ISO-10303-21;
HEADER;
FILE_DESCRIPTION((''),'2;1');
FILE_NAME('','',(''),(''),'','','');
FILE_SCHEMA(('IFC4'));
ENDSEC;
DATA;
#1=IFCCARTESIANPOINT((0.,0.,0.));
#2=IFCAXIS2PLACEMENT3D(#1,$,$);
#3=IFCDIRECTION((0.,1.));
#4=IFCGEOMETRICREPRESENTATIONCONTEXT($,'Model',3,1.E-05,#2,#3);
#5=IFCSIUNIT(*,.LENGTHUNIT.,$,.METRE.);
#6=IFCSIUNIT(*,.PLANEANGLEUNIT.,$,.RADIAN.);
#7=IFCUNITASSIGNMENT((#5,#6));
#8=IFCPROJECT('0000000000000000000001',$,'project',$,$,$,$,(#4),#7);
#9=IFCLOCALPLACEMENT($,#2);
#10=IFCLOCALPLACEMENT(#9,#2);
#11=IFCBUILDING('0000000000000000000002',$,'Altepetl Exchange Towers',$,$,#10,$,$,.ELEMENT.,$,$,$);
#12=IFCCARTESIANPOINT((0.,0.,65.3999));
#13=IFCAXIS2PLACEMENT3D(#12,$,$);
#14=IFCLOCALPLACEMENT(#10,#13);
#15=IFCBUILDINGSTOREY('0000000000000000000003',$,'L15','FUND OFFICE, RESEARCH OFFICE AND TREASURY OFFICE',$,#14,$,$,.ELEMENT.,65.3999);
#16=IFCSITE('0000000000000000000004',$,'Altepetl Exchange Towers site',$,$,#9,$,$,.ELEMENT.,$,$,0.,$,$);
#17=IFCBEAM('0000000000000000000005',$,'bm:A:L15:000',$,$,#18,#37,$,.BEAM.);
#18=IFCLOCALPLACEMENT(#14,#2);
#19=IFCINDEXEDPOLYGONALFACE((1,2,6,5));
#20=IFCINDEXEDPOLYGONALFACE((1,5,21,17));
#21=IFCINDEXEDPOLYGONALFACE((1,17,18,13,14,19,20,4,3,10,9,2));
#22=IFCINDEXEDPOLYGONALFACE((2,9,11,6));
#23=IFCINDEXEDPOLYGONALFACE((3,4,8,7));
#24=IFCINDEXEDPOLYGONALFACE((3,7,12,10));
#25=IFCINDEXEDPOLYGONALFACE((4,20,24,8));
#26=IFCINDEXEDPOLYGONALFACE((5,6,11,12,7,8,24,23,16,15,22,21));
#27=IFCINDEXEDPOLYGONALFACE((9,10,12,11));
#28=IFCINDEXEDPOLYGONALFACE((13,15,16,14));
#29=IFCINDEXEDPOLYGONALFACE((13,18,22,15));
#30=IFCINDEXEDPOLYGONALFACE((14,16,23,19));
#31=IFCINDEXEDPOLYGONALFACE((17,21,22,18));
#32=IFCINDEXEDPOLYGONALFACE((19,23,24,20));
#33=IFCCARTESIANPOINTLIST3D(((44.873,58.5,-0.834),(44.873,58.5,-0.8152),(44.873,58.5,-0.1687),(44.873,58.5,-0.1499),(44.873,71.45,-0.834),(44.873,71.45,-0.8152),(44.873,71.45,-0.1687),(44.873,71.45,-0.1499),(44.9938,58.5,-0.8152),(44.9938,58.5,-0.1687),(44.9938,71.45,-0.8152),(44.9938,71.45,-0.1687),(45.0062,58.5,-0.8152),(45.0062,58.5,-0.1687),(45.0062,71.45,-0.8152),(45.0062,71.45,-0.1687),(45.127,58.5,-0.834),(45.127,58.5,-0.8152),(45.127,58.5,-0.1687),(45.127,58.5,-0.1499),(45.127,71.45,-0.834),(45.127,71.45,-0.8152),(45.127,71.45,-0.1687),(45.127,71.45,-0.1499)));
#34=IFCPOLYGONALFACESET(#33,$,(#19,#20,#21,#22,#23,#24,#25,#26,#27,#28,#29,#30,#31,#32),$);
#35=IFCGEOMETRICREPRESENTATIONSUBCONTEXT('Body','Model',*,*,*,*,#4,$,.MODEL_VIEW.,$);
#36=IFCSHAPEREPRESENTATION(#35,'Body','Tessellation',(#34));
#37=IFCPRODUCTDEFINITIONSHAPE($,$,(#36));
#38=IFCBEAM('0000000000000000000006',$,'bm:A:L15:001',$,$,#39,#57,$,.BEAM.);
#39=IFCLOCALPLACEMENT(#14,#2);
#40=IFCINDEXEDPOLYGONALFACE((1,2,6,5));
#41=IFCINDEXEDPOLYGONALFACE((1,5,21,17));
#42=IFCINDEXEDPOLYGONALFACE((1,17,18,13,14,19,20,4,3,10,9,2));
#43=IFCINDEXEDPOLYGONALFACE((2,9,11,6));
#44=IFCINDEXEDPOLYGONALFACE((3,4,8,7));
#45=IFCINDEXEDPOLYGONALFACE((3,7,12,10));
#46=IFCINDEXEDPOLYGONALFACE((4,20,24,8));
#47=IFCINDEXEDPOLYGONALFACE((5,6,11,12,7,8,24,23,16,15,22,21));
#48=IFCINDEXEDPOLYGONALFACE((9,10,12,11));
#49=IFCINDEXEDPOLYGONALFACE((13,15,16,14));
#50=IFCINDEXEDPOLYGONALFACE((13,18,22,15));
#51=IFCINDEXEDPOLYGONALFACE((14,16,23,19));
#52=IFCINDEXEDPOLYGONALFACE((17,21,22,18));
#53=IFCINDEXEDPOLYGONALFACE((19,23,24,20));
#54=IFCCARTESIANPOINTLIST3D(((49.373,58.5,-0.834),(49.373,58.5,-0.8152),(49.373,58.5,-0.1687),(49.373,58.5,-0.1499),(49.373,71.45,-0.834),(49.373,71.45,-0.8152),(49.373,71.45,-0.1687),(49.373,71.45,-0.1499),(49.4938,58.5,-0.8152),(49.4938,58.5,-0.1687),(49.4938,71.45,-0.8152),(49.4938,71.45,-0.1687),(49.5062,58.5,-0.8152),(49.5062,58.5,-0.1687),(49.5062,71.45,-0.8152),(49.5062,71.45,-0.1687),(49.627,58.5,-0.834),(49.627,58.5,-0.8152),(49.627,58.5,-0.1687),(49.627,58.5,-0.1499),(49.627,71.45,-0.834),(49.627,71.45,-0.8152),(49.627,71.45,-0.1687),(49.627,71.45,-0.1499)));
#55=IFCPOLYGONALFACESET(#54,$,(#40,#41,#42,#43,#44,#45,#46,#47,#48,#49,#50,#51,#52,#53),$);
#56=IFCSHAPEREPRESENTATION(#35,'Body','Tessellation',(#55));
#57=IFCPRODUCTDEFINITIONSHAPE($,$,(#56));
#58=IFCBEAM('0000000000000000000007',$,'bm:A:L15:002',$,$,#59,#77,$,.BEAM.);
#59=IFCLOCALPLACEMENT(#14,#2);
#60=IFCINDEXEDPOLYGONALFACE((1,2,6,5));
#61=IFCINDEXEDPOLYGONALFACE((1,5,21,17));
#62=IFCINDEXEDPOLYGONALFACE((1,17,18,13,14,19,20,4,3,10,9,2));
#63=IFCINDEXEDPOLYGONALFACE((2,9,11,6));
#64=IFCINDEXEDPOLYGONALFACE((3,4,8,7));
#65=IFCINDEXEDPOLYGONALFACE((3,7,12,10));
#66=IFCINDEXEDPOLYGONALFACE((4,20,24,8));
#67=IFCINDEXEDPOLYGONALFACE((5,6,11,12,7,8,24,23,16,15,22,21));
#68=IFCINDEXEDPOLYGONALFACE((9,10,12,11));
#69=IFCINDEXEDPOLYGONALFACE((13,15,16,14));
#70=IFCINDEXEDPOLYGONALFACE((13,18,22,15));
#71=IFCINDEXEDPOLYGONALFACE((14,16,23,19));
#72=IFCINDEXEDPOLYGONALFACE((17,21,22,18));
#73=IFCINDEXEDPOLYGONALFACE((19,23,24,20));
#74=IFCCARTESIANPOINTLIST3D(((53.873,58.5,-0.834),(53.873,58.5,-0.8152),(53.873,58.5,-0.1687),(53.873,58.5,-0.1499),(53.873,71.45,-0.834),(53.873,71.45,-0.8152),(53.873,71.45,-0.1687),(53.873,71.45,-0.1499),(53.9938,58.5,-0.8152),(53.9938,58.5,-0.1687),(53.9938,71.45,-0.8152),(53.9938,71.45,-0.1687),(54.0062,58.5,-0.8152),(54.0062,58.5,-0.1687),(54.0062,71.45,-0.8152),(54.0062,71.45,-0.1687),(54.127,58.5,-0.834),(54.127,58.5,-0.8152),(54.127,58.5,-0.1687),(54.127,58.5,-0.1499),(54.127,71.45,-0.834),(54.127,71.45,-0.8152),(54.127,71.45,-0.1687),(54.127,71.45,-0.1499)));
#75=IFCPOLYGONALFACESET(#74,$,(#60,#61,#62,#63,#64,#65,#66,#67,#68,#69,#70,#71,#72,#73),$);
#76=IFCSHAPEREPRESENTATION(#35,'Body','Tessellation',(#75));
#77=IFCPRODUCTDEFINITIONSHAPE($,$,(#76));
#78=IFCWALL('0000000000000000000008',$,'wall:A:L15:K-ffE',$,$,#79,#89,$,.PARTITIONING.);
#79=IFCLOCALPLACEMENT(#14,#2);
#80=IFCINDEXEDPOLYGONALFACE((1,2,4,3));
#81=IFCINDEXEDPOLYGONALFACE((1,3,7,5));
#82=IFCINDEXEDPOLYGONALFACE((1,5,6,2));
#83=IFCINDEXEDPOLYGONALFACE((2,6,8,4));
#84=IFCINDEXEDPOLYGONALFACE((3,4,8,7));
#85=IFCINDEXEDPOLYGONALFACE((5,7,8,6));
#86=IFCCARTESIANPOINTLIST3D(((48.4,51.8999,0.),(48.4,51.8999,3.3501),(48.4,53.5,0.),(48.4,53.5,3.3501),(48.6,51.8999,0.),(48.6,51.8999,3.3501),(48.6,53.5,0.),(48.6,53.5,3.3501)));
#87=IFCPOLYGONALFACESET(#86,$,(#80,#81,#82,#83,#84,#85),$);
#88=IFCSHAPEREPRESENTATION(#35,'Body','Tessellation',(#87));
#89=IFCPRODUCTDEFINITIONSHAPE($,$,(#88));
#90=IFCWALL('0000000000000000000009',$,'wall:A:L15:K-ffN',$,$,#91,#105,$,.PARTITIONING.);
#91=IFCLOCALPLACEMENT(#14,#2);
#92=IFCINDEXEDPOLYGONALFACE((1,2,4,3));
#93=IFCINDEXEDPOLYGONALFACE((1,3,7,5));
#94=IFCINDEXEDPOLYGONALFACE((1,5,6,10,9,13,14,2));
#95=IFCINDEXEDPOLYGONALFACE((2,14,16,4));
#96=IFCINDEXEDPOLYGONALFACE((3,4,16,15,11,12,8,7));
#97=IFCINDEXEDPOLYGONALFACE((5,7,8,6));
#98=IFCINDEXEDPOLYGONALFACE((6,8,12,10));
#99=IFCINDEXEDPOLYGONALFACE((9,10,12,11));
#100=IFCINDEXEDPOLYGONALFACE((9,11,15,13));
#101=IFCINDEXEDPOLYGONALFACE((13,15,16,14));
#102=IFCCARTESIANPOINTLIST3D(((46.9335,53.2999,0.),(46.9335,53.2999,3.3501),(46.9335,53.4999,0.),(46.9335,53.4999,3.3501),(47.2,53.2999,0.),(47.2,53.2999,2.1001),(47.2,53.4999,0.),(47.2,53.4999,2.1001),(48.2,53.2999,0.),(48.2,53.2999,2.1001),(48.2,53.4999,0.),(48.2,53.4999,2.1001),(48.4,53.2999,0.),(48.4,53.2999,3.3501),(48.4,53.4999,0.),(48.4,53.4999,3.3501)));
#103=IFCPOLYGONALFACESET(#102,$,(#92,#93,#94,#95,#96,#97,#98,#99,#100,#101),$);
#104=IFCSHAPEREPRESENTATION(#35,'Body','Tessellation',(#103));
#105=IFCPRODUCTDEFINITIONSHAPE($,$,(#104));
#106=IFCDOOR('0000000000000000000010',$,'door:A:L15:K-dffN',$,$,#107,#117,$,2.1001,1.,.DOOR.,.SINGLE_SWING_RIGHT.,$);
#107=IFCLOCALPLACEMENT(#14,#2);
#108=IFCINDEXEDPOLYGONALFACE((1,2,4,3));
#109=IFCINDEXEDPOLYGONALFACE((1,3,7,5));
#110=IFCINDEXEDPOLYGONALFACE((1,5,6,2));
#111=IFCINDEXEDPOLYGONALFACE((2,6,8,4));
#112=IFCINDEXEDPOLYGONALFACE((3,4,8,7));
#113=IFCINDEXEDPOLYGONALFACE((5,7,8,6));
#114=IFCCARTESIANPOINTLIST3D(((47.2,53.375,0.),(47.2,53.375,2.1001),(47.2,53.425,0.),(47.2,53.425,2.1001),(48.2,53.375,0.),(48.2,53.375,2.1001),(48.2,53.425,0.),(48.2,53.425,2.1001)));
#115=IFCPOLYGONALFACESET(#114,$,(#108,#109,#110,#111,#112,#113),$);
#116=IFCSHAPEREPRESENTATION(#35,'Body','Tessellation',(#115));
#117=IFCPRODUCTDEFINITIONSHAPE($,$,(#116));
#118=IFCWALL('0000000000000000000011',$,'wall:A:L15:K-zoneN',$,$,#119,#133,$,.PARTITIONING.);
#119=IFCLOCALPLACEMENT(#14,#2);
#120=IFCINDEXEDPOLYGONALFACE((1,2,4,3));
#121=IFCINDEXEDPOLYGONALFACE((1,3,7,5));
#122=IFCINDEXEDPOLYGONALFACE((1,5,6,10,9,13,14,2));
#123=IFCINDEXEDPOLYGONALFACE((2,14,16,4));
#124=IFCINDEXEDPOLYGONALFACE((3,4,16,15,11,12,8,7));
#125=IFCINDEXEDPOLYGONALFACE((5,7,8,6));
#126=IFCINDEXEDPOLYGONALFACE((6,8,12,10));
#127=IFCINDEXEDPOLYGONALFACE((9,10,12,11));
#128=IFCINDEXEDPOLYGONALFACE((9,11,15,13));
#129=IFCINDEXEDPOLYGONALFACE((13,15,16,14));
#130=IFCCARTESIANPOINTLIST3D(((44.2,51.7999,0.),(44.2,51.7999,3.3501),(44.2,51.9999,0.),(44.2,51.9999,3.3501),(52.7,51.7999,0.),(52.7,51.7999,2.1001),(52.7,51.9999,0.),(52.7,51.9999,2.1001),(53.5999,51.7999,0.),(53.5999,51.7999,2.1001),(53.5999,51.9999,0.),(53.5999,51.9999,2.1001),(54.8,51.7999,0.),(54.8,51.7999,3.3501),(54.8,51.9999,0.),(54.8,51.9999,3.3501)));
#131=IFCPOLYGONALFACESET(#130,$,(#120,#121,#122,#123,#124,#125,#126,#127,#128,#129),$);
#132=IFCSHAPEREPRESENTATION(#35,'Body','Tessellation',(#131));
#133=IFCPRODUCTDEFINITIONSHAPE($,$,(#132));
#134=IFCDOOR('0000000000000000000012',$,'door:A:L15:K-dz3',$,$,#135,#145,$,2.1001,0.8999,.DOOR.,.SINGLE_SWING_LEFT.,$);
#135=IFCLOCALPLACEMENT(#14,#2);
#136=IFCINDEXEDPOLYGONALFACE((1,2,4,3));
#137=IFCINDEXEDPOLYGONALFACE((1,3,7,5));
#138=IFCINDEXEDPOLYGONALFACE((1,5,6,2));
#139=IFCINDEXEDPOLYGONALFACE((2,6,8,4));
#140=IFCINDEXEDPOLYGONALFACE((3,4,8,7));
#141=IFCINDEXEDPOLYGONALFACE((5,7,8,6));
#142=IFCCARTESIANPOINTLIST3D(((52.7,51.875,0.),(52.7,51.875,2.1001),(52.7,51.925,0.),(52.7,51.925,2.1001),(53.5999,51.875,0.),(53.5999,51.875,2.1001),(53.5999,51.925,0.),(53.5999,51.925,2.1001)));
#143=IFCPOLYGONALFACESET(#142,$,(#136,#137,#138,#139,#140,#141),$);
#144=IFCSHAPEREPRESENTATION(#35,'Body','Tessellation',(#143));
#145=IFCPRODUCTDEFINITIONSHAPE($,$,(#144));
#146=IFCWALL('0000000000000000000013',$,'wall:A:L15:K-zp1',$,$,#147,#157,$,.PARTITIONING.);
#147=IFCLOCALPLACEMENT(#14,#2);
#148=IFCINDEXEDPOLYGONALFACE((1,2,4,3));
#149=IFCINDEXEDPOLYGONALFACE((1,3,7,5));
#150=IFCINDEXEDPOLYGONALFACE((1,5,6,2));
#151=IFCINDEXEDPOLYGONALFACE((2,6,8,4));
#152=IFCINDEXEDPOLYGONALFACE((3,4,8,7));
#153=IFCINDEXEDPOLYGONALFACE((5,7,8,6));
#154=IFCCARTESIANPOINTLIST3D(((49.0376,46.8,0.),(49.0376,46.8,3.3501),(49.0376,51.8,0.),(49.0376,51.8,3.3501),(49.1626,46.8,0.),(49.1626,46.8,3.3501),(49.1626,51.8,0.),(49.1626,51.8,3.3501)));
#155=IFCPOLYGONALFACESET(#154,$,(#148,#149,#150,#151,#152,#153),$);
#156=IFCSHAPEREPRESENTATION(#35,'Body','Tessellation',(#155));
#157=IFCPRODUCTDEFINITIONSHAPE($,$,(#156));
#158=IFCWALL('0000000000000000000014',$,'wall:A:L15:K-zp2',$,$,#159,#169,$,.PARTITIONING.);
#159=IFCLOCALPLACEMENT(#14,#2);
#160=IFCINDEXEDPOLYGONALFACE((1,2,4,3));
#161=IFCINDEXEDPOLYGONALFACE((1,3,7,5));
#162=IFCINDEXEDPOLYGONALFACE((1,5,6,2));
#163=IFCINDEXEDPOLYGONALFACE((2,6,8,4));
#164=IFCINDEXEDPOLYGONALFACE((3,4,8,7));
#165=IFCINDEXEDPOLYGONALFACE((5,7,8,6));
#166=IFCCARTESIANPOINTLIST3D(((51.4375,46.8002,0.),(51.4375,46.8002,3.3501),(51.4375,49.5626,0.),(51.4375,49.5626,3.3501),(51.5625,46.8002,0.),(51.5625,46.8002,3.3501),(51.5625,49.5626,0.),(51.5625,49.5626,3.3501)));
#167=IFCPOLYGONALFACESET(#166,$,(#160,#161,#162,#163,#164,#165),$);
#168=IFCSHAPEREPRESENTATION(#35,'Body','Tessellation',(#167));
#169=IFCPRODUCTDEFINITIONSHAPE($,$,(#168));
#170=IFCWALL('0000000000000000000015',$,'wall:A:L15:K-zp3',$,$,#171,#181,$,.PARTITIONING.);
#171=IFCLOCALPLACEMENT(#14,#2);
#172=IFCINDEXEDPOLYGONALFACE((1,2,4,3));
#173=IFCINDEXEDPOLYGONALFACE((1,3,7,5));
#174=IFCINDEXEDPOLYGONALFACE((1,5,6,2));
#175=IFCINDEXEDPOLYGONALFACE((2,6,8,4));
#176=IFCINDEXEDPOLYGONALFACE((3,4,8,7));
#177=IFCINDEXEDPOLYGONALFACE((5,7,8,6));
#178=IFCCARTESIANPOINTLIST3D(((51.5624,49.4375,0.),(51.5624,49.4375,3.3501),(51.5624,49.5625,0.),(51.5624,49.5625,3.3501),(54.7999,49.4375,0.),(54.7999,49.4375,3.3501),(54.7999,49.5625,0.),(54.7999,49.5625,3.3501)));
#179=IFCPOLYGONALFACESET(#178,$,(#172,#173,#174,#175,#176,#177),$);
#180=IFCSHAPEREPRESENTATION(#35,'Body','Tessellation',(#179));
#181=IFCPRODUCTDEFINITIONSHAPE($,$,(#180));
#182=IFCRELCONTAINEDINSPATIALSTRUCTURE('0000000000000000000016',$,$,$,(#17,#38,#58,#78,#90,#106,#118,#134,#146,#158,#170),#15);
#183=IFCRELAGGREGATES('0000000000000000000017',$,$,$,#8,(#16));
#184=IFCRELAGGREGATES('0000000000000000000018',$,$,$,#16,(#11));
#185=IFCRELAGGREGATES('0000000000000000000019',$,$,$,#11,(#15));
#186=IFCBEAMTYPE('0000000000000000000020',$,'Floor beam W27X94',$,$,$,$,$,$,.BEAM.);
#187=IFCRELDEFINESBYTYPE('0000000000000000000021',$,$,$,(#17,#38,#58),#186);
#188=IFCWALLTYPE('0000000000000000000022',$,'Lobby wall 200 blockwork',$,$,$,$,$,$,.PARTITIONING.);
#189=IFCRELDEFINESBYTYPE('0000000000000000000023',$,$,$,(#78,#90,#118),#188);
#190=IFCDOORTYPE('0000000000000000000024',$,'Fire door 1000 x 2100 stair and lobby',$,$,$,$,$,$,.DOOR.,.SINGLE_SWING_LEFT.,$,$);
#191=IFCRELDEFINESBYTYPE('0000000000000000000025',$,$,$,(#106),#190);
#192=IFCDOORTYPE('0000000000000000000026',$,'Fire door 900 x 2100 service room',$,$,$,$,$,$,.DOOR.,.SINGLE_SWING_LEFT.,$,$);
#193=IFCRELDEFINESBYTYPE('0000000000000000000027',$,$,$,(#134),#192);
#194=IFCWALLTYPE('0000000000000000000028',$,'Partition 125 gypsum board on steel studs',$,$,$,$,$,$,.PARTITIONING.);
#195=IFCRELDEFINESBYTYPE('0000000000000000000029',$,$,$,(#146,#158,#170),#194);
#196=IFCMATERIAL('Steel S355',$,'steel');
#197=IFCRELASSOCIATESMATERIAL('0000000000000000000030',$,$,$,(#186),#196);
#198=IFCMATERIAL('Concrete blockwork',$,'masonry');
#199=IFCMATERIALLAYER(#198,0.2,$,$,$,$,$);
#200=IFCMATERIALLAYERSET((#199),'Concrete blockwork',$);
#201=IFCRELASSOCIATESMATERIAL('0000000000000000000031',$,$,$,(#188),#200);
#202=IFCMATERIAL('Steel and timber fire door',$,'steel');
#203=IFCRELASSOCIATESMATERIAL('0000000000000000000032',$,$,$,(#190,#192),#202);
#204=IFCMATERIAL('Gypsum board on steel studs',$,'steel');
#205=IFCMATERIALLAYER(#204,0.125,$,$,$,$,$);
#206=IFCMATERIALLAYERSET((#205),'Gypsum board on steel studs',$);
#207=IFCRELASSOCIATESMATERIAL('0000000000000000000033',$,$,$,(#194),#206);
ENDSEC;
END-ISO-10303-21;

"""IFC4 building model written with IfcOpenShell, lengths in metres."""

from ifc_helpers import new_model, si_unit, direction, frame, frame_2d, origin, origin_2d, place, context, subcontext, project, spatial, rectangle, i_section, extrude, material, layer, layer_set, material_profile, profile_set, type_object, element, fill, save


model = new_model("IFC4")

# Units and contexts
model_context = context("Model", 3, precision=1e-05, world=origin(), true_north=direction((0.0, 1.0)))
body_context = subcontext(model_context, "Body", "Model", "MODEL_VIEW")
ifc_project = project(units=[si_unit("LENGTHUNIT", "METRE"), si_unit("PLANEANGLEUNIT", "RADIAN")], contexts=[model_context])

# Site, building, storey
site_placement = place(None, origin())
site = spatial("IfcSite", under=ifc_project, at=site_placement, Name="Altepetl Exchange Towers site", CompositionType="ELEMENT", RefElevation=0.0)
building_placement = place(site_placement, origin())
building = spatial("IfcBuilding", under=site, at=building_placement, Name="Altepetl Exchange Towers", CompositionType="ELEMENT")
storey_placement = place(building_placement, frame((0.0, 0.0, 65.3999)))
storey = spatial("IfcBuildingStorey", under=building, at=storey_placement, Name="L15", Description="FUND OFFICE, RESEARCH OFFICE AND TREASURY OFFICE", CompositionType="ELEMENT", Elevation=65.3999)

# Beams
ifc_material_1 = material(Name="Steel S355", Category="steel")
ifc_material_profile = material_profile(ifc_material_1, i_section(OverallWidth=0.2539, OverallDepth=0.6841, WebThickness=0.0125, FlangeThickness=0.0188, at=origin_2d()), Name="W27X94")
ifc_profile_set = profile_set([ifc_material_profile], Name="Steel S355")
beam_type = type_object("IfcBeamType", Name="Floor beam W27X94", PredefinedType="BEAM", material=ifc_profile_set)
for number, where, z_axis, x_axis, name in (
    (1, (45.0, 58.5, -0.4919), (0.0, 1.0, 0.0), (-1.0, 0.0, 0.0), "bm:A:L15:000"),
    (2, (49.5, 58.5, -0.4919), (0.0, 1.0, 0.0), (-1.0, 0.0, 0.0), "bm:A:L15:001"),
    (3, (54.0, 58.5, -0.4919), (0.0, 1.0, 0.0), (-1.0, 0.0, 0.0), "bm:A:L15:002"),
):
    element("IfcBeam", number, at=place(storey_placement, frame(where, z_axis=z_axis, x_axis=x_axis)), inside=storey, type_object=beam_type, Name=name, PredefinedType="BEAM", context=body_context, shape_type="SweptSolid", body=[
        extrude(i_section(OverallWidth=0.2539, OverallDepth=0.6841, WebThickness=0.0125, FlangeThickness=0.0188, at=origin_2d()), origin(), (0.0, 0.0, 1.0), 12.95),
    ])

# Wall
ifc_material_2 = material(Name="Concrete blockwork", Category="masonry")
ifc_layer_1 = layer(ifc_material_2, 0.2)
ifc_layer_set_1 = layer_set([ifc_layer_1], Name="Concrete blockwork")
wall_type_1 = type_object("IfcWallType", Name="Lobby wall 200 blockwork", PredefinedType="PARTITIONING", material=ifc_layer_set_1)
wall_1_placement = place(storey_placement, frame((48.5, 51.8999, 0.0), z_axis=(0.0, 0.0, 1.0), x_axis=(0.0, 1.0, 0.0)))
element("IfcWall", 4, at=wall_1_placement, inside=storey, type_object=wall_type_1, Name="wall:A:L15:K-ffE", PredefinedType="PARTITIONING", context=body_context, shape_type="SweptSolid", body=[
    extrude(rectangle(XDim=1.6001, YDim=0.2, at=frame_2d((0.8, 0.0))), origin(), (0.0, 0.0, 1.0), 3.3501),
])

# Walls, openings, doors
wall_2_placement = place(storey_placement, frame((46.9333, 53.3999, 0.0)))
wall_2 = element("IfcWall", 5, at=wall_2_placement, inside=storey, type_object=wall_type_1, Name="wall:A:L15:K-ffN", PredefinedType="PARTITIONING", context=body_context, shape_type="SweptSolid", body=[
    extrude(rectangle(XDim=1.4666, YDim=0.2, at=frame_2d((0.7334, 0.0))), origin(), (0.0, 0.0, 1.0), 3.3501),
])
opening_1_placement = place(wall_2_placement, frame((0.2666, 0.0, 0.0)))
opening_1 = element("IfcOpeningElement", 6, at=opening_1_placement, cuts=wall_2, PredefinedType="OPENING", context=body_context, shape_type="SweptSolid", body=[
    extrude(rectangle(XDim=1.0, YDim=2.1001, at=frame_2d((0.5, 1.05))), frame((0.0, 0.1099, 0.0), z_axis=(0.0, -1.0, 0.0), x_axis=(1.0, 0.0, 0.0)), (0.0, 0.0, 1.0), 0.22),
])
ifc_material_3 = material(Name="Steel and timber fire door", Category="steel")
door_type_1 = type_object("IfcDoorType", Name="Fire door 1000 x 2100 stair and lobby", OperationType="SINGLE_SWING_LEFT", PredefinedType="DOOR", material=ifc_material_3)
door_1_placement = place(opening_1_placement, frame((1.0, 0.0, 0.0), x_axis=(-1.0, 0.0, 0.0)))
door_1 = element("IfcDoor", 7, at=door_1_placement, inside=storey, type_object=door_type_1, Name="door:A:L15:K-dffN", OperationType="SINGLE_SWING_RIGHT", OverallHeight=2.1001, OverallWidth=1.0, PredefinedType="DOOR", context=body_context, shape_type="SweptSolid", body=[
    extrude(rectangle(XDim=1.0, YDim=2.1001, at=frame_2d((0.5, 1.05))), frame((0.0, 0.0249, 0.0), z_axis=(0.0, -1.0, 0.0), x_axis=(1.0, 0.0, 0.0)), (0.0, 0.0, 1.0), 0.05),
])
fill(opening_1, door_1)
wall_3_placement = place(storey_placement, frame((44.2, 51.8999, 0.0)))
wall_3 = element("IfcWall", 8, at=wall_3_placement, inside=storey, type_object=wall_type_1, Name="wall:A:L15:K-zoneN", PredefinedType="PARTITIONING", context=body_context, shape_type="SweptSolid", body=[
    extrude(rectangle(XDim=10.6001, YDim=0.2, at=frame_2d((5.3, 0.0))), origin(), (0.0, 0.0, 1.0), 3.3501),
])
opening_2_placement = place(wall_3_placement, frame((8.5, 0.0, 0.0)))
opening_2 = element("IfcOpeningElement", 9, at=opening_2_placement, cuts=wall_3, PredefinedType="OPENING", context=body_context, shape_type="SweptSolid", body=[
    extrude(rectangle(XDim=0.8999, YDim=2.1001, at=frame_2d((0.45, 1.05))), frame((0.0, 0.1099, 0.0), z_axis=(0.0, -1.0, 0.0), x_axis=(1.0, 0.0, 0.0)), (0.0, 0.0, 1.0), 0.22),
])
door_type_2 = type_object("IfcDoorType", Name="Fire door 900 x 2100 service room", OperationType="SINGLE_SWING_LEFT", PredefinedType="DOOR", material=ifc_material_3)
door_2_placement = place(opening_2_placement, frame((0.8999, 0.0, 0.0), x_axis=(-1.0, 0.0, 0.0)))
door_2 = element("IfcDoor", 10, at=door_2_placement, inside=storey, type_object=door_type_2, Name="door:A:L15:K-dz3", OperationType="SINGLE_SWING_LEFT", OverallHeight=2.1001, OverallWidth=0.8999, PredefinedType="DOOR", context=body_context, shape_type="SweptSolid", body=[
    extrude(rectangle(XDim=0.8999, YDim=2.1001, at=frame_2d((0.45, 1.05))), frame((0.0, 0.0249, 0.0), z_axis=(0.0, -1.0, 0.0), x_axis=(1.0, 0.0, 0.0)), (0.0, 0.0, 1.0), 0.05),
])
fill(opening_2, door_2)

# Walls
ifc_material_4 = material(Name="Gypsum board on steel studs", Category="steel")
ifc_layer_2 = layer(ifc_material_4, 0.125)
ifc_layer_set_2 = layer_set([ifc_layer_2], Name="Gypsum board on steel studs")
wall_type_2 = type_object("IfcWallType", Name="Partition 125 gypsum board on steel studs", PredefinedType="PARTITIONING", material=ifc_layer_set_2)
wall_4_placement = place(storey_placement, frame((49.1001, 46.8, 0.0), z_axis=(0.0, 0.0, 1.0), x_axis=(0.0, 1.0, 0.0)))
element("IfcWall", 11, at=wall_4_placement, inside=storey, type_object=wall_type_2, Name="wall:A:L15:K-zp1", PredefinedType="PARTITIONING", context=body_context, shape_type="SweptSolid", body=[
    extrude(rectangle(XDim=5.0, YDim=0.125, at=frame_2d((2.5, 0.0))), origin(), (0.0, 0.0, 1.0), 3.3501),
])
wall_5_placement = place(storey_placement, frame((51.5, 46.8, 0.0), z_axis=(0.0, 0.0, 1.0), x_axis=(0.0, 1.0, 0.0)))
element("IfcWall", 12, at=wall_5_placement, inside=storey, type_object=wall_type_2, Name="wall:A:L15:K-zp2", PredefinedType="PARTITIONING", context=body_context, shape_type="SweptSolid", body=[
    extrude(rectangle(XDim=2.7625, YDim=0.125, at=frame_2d((1.3813, 0.0))), origin(), (0.0, 0.0, 1.0), 3.3501),
])
wall_6_placement = place(storey_placement, frame((51.5625, 49.5, 0.0)))
element("IfcWall", 13, at=wall_6_placement, inside=storey, type_object=wall_type_2, Name="wall:A:L15:K-zp3", PredefinedType="PARTITIONING", context=body_context, shape_type="SweptSolid", body=[
    extrude(rectangle(XDim=3.2375, YDim=0.125, at=frame_2d((1.6187, 0.0))), origin(), (0.0, 0.0, 1.0), 3.3501),
])

save(model, "model.ifc")
